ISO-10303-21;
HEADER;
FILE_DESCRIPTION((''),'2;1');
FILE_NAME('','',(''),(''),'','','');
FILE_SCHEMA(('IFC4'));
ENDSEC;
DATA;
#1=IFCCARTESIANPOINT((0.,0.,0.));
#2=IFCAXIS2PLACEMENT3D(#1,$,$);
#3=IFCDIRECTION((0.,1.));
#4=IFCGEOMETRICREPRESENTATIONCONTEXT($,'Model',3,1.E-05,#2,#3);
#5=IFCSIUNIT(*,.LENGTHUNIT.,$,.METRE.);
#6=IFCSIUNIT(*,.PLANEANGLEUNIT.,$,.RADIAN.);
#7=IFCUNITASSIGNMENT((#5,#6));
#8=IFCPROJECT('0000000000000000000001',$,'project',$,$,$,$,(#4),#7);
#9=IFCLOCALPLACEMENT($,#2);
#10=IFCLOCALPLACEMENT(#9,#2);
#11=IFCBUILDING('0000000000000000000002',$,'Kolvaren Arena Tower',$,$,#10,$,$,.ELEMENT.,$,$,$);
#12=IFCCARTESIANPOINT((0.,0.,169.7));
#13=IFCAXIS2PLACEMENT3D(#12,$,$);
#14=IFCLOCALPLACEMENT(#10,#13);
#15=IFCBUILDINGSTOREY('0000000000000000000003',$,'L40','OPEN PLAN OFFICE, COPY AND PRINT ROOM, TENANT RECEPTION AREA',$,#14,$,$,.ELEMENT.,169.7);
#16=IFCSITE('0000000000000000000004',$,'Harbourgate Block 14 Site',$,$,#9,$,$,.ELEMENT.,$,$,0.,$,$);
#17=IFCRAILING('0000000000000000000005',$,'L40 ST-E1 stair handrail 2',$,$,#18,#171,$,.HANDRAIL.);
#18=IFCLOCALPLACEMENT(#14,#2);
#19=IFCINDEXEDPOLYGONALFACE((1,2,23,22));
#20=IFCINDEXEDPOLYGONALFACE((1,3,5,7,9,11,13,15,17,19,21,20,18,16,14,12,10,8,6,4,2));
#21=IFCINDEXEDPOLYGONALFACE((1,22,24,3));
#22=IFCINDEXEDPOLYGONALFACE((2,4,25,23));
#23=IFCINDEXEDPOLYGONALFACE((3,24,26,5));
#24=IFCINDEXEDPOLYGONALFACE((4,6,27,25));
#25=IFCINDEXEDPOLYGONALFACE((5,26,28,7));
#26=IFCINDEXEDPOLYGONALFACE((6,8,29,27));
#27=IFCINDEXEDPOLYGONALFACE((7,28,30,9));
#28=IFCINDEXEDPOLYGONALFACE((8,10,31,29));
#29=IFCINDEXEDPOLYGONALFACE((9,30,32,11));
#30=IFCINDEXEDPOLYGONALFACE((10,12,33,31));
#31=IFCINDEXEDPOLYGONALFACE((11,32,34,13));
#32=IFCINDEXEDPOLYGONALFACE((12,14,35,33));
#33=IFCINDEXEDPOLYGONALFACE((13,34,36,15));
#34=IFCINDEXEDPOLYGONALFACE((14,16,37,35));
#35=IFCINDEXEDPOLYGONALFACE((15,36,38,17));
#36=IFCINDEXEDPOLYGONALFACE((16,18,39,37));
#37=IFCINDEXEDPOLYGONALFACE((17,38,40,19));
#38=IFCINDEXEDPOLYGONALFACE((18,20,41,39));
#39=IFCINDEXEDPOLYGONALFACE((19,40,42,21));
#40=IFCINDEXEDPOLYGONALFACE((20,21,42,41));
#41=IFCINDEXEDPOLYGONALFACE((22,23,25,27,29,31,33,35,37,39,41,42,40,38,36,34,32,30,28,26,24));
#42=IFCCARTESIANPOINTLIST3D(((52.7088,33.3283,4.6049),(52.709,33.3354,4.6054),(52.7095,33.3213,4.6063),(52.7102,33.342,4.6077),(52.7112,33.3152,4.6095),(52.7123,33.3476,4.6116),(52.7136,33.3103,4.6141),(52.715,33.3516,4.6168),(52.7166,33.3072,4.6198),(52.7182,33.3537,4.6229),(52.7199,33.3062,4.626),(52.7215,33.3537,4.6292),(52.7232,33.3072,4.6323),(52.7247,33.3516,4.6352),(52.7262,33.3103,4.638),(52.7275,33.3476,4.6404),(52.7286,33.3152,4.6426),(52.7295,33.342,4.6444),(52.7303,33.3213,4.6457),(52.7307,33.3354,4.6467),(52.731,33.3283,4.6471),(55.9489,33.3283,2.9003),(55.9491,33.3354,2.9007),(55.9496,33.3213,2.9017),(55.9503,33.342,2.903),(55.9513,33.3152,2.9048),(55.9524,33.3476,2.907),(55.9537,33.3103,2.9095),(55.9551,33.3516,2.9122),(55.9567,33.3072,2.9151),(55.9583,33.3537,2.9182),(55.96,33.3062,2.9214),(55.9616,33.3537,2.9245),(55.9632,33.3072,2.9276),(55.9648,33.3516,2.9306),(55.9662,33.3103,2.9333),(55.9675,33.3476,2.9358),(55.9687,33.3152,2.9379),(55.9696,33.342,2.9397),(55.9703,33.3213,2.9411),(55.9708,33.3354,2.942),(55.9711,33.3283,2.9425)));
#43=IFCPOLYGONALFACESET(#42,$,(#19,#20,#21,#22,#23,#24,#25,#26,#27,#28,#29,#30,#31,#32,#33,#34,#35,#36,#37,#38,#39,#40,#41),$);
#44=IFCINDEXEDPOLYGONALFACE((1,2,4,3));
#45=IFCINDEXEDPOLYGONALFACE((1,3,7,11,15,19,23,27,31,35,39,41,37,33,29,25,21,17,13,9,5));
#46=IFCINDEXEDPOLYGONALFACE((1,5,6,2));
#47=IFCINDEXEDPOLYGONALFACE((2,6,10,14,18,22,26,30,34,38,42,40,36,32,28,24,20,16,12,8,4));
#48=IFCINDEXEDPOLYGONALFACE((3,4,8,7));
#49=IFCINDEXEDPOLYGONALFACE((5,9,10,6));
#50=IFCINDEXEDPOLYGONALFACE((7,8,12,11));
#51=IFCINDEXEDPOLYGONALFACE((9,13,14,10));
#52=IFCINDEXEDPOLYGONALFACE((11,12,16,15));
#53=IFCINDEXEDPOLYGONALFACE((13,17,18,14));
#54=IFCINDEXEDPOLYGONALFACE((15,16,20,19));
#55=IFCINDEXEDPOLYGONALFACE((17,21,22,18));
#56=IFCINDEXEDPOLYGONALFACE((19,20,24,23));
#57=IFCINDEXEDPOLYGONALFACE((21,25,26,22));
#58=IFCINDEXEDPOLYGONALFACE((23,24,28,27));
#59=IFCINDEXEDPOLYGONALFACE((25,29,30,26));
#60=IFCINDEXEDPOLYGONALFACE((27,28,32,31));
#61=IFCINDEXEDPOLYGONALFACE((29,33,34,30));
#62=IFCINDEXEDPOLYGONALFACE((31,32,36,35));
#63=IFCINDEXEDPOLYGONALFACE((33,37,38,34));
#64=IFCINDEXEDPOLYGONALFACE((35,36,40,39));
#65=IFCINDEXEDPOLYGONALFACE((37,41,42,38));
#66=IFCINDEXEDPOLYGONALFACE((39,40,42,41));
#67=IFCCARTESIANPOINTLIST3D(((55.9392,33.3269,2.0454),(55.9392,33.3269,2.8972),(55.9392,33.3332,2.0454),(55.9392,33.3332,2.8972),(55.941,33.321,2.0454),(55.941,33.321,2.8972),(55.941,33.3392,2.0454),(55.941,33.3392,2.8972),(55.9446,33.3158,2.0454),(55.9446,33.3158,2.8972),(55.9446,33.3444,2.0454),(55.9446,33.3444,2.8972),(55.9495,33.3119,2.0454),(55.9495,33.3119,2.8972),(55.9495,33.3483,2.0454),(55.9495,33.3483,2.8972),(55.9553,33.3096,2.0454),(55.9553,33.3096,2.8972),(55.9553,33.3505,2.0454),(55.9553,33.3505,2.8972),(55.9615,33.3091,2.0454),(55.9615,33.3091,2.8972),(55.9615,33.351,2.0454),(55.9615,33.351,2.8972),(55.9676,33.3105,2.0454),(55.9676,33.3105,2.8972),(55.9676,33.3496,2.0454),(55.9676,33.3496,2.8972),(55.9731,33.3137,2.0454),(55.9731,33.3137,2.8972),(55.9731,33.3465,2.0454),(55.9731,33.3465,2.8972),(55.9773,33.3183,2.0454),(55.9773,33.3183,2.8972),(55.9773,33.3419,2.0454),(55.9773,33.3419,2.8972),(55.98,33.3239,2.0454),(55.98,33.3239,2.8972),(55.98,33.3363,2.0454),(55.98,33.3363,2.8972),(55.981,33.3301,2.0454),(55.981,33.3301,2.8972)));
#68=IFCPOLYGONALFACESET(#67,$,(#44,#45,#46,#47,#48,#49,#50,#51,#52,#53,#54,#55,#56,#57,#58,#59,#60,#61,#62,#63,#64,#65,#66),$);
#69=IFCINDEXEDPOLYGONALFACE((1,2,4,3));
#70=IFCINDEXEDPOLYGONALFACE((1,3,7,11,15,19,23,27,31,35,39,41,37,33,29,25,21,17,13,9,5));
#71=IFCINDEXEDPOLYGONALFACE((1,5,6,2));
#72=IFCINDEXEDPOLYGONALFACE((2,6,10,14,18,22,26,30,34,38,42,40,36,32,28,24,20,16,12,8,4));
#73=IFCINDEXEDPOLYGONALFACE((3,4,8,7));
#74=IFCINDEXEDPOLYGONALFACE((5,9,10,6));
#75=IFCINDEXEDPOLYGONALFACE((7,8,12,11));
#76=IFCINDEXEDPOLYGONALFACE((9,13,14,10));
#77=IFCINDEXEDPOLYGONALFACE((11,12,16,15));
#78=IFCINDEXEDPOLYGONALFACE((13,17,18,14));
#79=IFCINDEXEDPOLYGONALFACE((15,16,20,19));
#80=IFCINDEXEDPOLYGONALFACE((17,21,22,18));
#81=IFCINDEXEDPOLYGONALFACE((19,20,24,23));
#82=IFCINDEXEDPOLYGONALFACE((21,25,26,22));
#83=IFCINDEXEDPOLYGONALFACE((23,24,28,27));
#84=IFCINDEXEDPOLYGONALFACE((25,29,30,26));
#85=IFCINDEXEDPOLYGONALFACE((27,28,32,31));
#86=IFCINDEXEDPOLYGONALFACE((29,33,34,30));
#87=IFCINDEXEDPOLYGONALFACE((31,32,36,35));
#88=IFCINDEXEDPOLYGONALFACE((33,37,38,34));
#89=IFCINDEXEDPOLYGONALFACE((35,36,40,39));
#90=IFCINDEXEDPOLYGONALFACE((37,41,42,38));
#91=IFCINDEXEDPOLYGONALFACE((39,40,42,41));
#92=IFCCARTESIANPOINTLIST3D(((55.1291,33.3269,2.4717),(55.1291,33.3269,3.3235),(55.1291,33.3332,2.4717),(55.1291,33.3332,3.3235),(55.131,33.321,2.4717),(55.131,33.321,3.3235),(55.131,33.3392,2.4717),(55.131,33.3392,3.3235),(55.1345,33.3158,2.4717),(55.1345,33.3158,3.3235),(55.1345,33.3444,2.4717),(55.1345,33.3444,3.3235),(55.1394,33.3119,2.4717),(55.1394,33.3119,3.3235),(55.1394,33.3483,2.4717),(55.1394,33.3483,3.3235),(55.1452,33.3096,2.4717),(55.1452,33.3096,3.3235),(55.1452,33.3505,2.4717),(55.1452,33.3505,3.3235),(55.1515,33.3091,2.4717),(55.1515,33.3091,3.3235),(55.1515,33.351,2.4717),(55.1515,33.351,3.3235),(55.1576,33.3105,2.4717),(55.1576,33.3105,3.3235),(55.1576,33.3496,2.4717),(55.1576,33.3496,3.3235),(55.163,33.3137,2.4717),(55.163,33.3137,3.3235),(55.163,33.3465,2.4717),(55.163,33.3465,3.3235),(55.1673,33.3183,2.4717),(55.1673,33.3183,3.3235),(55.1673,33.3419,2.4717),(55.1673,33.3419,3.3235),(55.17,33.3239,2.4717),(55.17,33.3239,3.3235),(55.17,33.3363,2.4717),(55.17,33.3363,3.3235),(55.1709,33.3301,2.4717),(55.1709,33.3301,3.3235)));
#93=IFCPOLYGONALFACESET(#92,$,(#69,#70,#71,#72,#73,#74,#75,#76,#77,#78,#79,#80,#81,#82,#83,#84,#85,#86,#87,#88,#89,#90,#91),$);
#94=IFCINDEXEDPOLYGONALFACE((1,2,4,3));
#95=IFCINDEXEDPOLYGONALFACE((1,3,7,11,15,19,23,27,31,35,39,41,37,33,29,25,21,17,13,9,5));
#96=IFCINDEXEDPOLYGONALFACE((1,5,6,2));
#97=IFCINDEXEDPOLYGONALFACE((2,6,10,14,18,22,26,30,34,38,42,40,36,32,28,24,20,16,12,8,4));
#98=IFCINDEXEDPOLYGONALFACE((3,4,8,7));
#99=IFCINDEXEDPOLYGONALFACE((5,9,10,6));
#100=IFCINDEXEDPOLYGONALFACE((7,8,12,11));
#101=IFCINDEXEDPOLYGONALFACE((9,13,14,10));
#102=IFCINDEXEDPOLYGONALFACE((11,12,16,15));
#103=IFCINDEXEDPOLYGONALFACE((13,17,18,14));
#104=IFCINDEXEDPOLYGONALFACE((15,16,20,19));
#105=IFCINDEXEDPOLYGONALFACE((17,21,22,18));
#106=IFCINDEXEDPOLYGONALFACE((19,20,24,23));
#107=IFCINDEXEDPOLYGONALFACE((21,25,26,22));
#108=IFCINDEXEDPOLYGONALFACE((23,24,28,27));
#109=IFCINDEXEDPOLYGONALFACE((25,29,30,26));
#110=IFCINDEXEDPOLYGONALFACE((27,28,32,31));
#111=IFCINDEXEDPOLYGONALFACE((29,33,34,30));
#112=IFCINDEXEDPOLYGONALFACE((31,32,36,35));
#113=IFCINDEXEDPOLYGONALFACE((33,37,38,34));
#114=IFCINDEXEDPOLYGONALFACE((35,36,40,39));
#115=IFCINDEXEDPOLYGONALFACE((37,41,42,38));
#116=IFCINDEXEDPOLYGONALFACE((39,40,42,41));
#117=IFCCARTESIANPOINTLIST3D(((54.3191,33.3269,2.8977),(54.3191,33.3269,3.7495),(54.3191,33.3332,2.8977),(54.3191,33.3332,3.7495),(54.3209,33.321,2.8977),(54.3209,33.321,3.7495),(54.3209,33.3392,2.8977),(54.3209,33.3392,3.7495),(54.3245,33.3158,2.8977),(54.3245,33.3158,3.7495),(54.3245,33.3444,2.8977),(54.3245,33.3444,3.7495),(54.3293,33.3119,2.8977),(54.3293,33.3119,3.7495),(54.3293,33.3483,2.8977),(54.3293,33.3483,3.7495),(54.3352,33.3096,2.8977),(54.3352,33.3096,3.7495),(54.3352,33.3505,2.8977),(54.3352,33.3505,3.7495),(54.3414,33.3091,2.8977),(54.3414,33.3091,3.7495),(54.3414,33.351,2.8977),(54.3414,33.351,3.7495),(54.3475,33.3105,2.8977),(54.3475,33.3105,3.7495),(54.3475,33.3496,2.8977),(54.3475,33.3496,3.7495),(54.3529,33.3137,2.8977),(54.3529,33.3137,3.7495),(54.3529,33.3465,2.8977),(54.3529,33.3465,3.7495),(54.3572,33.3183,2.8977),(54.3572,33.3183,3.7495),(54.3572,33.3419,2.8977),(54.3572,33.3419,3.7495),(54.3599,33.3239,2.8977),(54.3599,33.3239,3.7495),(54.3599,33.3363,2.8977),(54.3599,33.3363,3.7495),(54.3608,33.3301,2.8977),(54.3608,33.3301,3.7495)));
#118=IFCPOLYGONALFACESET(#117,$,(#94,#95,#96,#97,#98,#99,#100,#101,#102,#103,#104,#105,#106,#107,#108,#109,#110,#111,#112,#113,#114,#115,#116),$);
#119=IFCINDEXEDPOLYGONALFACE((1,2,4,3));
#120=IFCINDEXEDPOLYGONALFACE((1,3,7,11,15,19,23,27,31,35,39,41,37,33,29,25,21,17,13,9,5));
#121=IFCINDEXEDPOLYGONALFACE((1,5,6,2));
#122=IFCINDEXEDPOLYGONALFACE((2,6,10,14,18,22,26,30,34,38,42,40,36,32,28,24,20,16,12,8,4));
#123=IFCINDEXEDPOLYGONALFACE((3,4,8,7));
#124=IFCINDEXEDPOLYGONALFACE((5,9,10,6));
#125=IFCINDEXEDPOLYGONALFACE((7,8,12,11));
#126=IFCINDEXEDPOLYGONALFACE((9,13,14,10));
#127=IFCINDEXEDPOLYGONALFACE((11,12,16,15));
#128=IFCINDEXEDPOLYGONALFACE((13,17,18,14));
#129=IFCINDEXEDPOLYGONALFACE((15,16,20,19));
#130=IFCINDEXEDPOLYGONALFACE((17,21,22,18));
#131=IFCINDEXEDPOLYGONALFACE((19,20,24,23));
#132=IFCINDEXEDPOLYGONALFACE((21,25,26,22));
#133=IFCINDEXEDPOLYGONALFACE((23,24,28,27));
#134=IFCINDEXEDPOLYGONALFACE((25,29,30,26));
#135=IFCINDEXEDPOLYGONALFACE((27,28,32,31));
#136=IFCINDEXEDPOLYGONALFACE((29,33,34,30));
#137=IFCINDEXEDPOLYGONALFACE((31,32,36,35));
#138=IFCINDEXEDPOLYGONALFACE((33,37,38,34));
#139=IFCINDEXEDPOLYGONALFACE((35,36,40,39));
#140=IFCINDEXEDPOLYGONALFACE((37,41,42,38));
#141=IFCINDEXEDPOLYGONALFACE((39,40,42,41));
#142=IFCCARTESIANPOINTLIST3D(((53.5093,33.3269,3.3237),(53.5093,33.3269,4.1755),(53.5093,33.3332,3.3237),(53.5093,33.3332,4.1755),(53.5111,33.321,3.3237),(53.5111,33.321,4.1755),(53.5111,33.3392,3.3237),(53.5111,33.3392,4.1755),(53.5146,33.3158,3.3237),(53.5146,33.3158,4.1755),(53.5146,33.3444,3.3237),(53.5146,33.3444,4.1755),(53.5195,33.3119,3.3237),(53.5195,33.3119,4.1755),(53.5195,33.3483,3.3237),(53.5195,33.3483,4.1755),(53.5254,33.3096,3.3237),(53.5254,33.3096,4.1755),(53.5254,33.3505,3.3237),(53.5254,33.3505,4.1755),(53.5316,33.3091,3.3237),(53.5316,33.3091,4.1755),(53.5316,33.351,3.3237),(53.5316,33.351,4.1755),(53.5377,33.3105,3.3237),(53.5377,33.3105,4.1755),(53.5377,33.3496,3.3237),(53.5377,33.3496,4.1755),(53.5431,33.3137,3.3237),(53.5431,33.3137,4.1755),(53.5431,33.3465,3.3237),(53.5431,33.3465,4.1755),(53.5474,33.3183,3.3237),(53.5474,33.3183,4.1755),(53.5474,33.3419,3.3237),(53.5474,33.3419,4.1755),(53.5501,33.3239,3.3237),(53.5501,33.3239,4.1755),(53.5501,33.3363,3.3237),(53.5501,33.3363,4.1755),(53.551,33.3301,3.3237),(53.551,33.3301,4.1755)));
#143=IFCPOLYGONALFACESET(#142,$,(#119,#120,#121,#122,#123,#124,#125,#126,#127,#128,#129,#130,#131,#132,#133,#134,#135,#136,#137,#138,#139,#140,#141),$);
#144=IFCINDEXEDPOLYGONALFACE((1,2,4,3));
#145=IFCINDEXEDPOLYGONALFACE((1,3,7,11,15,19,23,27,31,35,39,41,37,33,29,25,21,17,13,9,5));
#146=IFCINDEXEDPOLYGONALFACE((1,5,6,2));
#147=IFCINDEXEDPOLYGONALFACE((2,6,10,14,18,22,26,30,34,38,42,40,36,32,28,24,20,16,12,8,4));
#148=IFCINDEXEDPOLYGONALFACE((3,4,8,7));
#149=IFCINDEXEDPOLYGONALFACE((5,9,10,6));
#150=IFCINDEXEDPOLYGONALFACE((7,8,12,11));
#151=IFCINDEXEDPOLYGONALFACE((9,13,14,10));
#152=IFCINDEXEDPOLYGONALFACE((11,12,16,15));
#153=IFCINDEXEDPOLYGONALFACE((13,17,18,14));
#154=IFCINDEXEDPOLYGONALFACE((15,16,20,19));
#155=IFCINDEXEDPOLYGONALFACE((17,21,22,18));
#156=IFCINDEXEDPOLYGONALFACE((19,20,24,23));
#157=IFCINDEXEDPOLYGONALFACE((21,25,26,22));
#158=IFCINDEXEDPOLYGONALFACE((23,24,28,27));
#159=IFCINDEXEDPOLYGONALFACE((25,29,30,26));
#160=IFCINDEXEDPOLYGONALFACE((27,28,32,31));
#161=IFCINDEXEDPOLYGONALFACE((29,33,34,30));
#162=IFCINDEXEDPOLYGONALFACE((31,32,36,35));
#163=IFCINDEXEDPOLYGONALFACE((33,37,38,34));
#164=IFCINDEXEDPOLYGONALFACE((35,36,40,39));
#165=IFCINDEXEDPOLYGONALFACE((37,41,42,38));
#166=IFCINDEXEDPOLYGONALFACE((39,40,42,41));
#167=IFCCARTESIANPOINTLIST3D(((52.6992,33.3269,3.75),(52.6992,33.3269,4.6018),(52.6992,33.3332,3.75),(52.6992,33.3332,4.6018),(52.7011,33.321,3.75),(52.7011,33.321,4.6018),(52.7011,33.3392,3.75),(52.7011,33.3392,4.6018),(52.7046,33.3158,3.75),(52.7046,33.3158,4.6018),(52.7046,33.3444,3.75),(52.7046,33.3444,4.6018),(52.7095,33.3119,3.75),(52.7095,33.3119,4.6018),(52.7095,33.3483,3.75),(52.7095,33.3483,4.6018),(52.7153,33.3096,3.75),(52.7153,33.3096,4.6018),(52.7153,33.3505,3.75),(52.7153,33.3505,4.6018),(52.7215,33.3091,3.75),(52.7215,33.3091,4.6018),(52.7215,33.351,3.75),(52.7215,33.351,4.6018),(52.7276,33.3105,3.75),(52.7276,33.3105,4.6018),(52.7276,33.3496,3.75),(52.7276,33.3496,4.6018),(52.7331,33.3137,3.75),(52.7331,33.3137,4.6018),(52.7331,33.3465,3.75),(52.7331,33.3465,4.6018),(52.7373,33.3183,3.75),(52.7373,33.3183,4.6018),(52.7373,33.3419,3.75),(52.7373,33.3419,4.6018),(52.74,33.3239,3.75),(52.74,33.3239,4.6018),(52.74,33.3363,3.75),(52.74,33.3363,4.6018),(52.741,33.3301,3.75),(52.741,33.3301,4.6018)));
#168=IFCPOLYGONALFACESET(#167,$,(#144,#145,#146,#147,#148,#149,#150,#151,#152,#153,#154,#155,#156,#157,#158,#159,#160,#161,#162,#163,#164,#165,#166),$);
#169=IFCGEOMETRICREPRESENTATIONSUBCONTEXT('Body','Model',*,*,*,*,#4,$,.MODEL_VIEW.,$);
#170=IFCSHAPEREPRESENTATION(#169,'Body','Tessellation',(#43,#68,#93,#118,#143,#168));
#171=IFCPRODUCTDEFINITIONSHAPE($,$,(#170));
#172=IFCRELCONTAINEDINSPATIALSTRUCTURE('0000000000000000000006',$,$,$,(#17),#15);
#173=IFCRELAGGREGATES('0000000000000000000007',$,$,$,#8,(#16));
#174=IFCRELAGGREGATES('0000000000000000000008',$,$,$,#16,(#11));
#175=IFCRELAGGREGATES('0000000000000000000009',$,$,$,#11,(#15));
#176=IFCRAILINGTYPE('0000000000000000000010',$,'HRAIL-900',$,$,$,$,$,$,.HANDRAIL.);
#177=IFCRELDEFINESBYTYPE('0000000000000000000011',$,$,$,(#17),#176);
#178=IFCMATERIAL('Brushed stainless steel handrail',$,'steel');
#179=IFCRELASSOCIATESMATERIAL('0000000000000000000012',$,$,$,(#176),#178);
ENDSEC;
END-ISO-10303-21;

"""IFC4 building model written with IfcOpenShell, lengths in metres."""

from ifc_helpers import new_model, si_unit, direction, frame, origin, origin_2d, place, context, subcontext, project, spatial, circle, extrude, material, type_object, element, save


model = new_model("IFC4")

# Units and contexts
model_context = context("Model", 3, precision=1e-05, world=origin(), true_north=direction((0.0, 1.0)))
body_context = subcontext(model_context, "Body", "Model", "MODEL_VIEW")
ifc_project = project(units=[si_unit("LENGTHUNIT", "METRE"), si_unit("PLANEANGLEUNIT", "RADIAN")], contexts=[model_context])

# Site, building, storey
site_placement = place(None, origin())
site = spatial("IfcSite", under=ifc_project, at=site_placement, Name="Harbourgate Block 14 Site", CompositionType="ELEMENT", RefElevation=0.0)
building_placement = place(site_placement, origin())
building = spatial("IfcBuilding", under=site, at=building_placement, Name="Kolvaren Arena Tower", CompositionType="ELEMENT")
storey_placement = place(building_placement, frame((0.0, 0.0, 169.7)))
storey = spatial("IfcBuildingStorey", under=building, at=storey_placement, Name="L40", Description="OPEN PLAN OFFICE, COPY AND PRINT ROOM, TENANT RECEPTION AREA", CompositionType="ELEMENT", Elevation=169.7)

# Railing
ifc_material_1 = material(Name="Brushed stainless steel handrail", Category="steel")
railing_type_1 = type_object("IfcRailingType", Name="HRAIL-900", PredefinedType="HANDRAIL", material=ifc_material_1)
railing_1_placement = place(storey_placement, frame((55.96, 33.3301, 2.0454)))
element("IfcRailing", 1, at=railing_1_placement, inside=storey, type_object=railing_type_1, Name="L40 ST-E1 stair handrail 2", PredefinedType="HANDRAIL", context=body_context, shape_type="SweptSolid", body=[
    extrude(circle(Radius=0.0239, at=origin_2d()), frame((0.0, 0.0, 0.876), z_axis=(-0.884993, 0.0, 0.465604), x_axis=(0.0, -1.0, 0.0)), (0.0, 0.0, 1.0), 3.6611),
    extrude(circle(Radius=0.021, at=origin_2d()), origin(), (0.0, 0.0, 1.0), 0.8518),
    extrude(circle(Radius=0.021, at=origin_2d()), frame((-0.8101, 0.0, 0.4263)), (0.0, 0.0, 1.0), 0.8518),
    extrude(circle(Radius=0.021, at=origin_2d()), frame((-1.6201, 0.0, 0.8523)), (0.0, 0.0, 1.0), 0.8518),
    extrude(circle(Radius=0.021, at=origin_2d()), frame((-2.4299, 0.0, 1.2783)), (0.0, 0.0, 1.0), 0.8518),
    extrude(circle(Radius=0.021, at=origin_2d()), frame((-3.24, 0.0, 1.7046)), (0.0, 0.0, 1.0), 0.8518),
])

save(model, "model.ifc")
